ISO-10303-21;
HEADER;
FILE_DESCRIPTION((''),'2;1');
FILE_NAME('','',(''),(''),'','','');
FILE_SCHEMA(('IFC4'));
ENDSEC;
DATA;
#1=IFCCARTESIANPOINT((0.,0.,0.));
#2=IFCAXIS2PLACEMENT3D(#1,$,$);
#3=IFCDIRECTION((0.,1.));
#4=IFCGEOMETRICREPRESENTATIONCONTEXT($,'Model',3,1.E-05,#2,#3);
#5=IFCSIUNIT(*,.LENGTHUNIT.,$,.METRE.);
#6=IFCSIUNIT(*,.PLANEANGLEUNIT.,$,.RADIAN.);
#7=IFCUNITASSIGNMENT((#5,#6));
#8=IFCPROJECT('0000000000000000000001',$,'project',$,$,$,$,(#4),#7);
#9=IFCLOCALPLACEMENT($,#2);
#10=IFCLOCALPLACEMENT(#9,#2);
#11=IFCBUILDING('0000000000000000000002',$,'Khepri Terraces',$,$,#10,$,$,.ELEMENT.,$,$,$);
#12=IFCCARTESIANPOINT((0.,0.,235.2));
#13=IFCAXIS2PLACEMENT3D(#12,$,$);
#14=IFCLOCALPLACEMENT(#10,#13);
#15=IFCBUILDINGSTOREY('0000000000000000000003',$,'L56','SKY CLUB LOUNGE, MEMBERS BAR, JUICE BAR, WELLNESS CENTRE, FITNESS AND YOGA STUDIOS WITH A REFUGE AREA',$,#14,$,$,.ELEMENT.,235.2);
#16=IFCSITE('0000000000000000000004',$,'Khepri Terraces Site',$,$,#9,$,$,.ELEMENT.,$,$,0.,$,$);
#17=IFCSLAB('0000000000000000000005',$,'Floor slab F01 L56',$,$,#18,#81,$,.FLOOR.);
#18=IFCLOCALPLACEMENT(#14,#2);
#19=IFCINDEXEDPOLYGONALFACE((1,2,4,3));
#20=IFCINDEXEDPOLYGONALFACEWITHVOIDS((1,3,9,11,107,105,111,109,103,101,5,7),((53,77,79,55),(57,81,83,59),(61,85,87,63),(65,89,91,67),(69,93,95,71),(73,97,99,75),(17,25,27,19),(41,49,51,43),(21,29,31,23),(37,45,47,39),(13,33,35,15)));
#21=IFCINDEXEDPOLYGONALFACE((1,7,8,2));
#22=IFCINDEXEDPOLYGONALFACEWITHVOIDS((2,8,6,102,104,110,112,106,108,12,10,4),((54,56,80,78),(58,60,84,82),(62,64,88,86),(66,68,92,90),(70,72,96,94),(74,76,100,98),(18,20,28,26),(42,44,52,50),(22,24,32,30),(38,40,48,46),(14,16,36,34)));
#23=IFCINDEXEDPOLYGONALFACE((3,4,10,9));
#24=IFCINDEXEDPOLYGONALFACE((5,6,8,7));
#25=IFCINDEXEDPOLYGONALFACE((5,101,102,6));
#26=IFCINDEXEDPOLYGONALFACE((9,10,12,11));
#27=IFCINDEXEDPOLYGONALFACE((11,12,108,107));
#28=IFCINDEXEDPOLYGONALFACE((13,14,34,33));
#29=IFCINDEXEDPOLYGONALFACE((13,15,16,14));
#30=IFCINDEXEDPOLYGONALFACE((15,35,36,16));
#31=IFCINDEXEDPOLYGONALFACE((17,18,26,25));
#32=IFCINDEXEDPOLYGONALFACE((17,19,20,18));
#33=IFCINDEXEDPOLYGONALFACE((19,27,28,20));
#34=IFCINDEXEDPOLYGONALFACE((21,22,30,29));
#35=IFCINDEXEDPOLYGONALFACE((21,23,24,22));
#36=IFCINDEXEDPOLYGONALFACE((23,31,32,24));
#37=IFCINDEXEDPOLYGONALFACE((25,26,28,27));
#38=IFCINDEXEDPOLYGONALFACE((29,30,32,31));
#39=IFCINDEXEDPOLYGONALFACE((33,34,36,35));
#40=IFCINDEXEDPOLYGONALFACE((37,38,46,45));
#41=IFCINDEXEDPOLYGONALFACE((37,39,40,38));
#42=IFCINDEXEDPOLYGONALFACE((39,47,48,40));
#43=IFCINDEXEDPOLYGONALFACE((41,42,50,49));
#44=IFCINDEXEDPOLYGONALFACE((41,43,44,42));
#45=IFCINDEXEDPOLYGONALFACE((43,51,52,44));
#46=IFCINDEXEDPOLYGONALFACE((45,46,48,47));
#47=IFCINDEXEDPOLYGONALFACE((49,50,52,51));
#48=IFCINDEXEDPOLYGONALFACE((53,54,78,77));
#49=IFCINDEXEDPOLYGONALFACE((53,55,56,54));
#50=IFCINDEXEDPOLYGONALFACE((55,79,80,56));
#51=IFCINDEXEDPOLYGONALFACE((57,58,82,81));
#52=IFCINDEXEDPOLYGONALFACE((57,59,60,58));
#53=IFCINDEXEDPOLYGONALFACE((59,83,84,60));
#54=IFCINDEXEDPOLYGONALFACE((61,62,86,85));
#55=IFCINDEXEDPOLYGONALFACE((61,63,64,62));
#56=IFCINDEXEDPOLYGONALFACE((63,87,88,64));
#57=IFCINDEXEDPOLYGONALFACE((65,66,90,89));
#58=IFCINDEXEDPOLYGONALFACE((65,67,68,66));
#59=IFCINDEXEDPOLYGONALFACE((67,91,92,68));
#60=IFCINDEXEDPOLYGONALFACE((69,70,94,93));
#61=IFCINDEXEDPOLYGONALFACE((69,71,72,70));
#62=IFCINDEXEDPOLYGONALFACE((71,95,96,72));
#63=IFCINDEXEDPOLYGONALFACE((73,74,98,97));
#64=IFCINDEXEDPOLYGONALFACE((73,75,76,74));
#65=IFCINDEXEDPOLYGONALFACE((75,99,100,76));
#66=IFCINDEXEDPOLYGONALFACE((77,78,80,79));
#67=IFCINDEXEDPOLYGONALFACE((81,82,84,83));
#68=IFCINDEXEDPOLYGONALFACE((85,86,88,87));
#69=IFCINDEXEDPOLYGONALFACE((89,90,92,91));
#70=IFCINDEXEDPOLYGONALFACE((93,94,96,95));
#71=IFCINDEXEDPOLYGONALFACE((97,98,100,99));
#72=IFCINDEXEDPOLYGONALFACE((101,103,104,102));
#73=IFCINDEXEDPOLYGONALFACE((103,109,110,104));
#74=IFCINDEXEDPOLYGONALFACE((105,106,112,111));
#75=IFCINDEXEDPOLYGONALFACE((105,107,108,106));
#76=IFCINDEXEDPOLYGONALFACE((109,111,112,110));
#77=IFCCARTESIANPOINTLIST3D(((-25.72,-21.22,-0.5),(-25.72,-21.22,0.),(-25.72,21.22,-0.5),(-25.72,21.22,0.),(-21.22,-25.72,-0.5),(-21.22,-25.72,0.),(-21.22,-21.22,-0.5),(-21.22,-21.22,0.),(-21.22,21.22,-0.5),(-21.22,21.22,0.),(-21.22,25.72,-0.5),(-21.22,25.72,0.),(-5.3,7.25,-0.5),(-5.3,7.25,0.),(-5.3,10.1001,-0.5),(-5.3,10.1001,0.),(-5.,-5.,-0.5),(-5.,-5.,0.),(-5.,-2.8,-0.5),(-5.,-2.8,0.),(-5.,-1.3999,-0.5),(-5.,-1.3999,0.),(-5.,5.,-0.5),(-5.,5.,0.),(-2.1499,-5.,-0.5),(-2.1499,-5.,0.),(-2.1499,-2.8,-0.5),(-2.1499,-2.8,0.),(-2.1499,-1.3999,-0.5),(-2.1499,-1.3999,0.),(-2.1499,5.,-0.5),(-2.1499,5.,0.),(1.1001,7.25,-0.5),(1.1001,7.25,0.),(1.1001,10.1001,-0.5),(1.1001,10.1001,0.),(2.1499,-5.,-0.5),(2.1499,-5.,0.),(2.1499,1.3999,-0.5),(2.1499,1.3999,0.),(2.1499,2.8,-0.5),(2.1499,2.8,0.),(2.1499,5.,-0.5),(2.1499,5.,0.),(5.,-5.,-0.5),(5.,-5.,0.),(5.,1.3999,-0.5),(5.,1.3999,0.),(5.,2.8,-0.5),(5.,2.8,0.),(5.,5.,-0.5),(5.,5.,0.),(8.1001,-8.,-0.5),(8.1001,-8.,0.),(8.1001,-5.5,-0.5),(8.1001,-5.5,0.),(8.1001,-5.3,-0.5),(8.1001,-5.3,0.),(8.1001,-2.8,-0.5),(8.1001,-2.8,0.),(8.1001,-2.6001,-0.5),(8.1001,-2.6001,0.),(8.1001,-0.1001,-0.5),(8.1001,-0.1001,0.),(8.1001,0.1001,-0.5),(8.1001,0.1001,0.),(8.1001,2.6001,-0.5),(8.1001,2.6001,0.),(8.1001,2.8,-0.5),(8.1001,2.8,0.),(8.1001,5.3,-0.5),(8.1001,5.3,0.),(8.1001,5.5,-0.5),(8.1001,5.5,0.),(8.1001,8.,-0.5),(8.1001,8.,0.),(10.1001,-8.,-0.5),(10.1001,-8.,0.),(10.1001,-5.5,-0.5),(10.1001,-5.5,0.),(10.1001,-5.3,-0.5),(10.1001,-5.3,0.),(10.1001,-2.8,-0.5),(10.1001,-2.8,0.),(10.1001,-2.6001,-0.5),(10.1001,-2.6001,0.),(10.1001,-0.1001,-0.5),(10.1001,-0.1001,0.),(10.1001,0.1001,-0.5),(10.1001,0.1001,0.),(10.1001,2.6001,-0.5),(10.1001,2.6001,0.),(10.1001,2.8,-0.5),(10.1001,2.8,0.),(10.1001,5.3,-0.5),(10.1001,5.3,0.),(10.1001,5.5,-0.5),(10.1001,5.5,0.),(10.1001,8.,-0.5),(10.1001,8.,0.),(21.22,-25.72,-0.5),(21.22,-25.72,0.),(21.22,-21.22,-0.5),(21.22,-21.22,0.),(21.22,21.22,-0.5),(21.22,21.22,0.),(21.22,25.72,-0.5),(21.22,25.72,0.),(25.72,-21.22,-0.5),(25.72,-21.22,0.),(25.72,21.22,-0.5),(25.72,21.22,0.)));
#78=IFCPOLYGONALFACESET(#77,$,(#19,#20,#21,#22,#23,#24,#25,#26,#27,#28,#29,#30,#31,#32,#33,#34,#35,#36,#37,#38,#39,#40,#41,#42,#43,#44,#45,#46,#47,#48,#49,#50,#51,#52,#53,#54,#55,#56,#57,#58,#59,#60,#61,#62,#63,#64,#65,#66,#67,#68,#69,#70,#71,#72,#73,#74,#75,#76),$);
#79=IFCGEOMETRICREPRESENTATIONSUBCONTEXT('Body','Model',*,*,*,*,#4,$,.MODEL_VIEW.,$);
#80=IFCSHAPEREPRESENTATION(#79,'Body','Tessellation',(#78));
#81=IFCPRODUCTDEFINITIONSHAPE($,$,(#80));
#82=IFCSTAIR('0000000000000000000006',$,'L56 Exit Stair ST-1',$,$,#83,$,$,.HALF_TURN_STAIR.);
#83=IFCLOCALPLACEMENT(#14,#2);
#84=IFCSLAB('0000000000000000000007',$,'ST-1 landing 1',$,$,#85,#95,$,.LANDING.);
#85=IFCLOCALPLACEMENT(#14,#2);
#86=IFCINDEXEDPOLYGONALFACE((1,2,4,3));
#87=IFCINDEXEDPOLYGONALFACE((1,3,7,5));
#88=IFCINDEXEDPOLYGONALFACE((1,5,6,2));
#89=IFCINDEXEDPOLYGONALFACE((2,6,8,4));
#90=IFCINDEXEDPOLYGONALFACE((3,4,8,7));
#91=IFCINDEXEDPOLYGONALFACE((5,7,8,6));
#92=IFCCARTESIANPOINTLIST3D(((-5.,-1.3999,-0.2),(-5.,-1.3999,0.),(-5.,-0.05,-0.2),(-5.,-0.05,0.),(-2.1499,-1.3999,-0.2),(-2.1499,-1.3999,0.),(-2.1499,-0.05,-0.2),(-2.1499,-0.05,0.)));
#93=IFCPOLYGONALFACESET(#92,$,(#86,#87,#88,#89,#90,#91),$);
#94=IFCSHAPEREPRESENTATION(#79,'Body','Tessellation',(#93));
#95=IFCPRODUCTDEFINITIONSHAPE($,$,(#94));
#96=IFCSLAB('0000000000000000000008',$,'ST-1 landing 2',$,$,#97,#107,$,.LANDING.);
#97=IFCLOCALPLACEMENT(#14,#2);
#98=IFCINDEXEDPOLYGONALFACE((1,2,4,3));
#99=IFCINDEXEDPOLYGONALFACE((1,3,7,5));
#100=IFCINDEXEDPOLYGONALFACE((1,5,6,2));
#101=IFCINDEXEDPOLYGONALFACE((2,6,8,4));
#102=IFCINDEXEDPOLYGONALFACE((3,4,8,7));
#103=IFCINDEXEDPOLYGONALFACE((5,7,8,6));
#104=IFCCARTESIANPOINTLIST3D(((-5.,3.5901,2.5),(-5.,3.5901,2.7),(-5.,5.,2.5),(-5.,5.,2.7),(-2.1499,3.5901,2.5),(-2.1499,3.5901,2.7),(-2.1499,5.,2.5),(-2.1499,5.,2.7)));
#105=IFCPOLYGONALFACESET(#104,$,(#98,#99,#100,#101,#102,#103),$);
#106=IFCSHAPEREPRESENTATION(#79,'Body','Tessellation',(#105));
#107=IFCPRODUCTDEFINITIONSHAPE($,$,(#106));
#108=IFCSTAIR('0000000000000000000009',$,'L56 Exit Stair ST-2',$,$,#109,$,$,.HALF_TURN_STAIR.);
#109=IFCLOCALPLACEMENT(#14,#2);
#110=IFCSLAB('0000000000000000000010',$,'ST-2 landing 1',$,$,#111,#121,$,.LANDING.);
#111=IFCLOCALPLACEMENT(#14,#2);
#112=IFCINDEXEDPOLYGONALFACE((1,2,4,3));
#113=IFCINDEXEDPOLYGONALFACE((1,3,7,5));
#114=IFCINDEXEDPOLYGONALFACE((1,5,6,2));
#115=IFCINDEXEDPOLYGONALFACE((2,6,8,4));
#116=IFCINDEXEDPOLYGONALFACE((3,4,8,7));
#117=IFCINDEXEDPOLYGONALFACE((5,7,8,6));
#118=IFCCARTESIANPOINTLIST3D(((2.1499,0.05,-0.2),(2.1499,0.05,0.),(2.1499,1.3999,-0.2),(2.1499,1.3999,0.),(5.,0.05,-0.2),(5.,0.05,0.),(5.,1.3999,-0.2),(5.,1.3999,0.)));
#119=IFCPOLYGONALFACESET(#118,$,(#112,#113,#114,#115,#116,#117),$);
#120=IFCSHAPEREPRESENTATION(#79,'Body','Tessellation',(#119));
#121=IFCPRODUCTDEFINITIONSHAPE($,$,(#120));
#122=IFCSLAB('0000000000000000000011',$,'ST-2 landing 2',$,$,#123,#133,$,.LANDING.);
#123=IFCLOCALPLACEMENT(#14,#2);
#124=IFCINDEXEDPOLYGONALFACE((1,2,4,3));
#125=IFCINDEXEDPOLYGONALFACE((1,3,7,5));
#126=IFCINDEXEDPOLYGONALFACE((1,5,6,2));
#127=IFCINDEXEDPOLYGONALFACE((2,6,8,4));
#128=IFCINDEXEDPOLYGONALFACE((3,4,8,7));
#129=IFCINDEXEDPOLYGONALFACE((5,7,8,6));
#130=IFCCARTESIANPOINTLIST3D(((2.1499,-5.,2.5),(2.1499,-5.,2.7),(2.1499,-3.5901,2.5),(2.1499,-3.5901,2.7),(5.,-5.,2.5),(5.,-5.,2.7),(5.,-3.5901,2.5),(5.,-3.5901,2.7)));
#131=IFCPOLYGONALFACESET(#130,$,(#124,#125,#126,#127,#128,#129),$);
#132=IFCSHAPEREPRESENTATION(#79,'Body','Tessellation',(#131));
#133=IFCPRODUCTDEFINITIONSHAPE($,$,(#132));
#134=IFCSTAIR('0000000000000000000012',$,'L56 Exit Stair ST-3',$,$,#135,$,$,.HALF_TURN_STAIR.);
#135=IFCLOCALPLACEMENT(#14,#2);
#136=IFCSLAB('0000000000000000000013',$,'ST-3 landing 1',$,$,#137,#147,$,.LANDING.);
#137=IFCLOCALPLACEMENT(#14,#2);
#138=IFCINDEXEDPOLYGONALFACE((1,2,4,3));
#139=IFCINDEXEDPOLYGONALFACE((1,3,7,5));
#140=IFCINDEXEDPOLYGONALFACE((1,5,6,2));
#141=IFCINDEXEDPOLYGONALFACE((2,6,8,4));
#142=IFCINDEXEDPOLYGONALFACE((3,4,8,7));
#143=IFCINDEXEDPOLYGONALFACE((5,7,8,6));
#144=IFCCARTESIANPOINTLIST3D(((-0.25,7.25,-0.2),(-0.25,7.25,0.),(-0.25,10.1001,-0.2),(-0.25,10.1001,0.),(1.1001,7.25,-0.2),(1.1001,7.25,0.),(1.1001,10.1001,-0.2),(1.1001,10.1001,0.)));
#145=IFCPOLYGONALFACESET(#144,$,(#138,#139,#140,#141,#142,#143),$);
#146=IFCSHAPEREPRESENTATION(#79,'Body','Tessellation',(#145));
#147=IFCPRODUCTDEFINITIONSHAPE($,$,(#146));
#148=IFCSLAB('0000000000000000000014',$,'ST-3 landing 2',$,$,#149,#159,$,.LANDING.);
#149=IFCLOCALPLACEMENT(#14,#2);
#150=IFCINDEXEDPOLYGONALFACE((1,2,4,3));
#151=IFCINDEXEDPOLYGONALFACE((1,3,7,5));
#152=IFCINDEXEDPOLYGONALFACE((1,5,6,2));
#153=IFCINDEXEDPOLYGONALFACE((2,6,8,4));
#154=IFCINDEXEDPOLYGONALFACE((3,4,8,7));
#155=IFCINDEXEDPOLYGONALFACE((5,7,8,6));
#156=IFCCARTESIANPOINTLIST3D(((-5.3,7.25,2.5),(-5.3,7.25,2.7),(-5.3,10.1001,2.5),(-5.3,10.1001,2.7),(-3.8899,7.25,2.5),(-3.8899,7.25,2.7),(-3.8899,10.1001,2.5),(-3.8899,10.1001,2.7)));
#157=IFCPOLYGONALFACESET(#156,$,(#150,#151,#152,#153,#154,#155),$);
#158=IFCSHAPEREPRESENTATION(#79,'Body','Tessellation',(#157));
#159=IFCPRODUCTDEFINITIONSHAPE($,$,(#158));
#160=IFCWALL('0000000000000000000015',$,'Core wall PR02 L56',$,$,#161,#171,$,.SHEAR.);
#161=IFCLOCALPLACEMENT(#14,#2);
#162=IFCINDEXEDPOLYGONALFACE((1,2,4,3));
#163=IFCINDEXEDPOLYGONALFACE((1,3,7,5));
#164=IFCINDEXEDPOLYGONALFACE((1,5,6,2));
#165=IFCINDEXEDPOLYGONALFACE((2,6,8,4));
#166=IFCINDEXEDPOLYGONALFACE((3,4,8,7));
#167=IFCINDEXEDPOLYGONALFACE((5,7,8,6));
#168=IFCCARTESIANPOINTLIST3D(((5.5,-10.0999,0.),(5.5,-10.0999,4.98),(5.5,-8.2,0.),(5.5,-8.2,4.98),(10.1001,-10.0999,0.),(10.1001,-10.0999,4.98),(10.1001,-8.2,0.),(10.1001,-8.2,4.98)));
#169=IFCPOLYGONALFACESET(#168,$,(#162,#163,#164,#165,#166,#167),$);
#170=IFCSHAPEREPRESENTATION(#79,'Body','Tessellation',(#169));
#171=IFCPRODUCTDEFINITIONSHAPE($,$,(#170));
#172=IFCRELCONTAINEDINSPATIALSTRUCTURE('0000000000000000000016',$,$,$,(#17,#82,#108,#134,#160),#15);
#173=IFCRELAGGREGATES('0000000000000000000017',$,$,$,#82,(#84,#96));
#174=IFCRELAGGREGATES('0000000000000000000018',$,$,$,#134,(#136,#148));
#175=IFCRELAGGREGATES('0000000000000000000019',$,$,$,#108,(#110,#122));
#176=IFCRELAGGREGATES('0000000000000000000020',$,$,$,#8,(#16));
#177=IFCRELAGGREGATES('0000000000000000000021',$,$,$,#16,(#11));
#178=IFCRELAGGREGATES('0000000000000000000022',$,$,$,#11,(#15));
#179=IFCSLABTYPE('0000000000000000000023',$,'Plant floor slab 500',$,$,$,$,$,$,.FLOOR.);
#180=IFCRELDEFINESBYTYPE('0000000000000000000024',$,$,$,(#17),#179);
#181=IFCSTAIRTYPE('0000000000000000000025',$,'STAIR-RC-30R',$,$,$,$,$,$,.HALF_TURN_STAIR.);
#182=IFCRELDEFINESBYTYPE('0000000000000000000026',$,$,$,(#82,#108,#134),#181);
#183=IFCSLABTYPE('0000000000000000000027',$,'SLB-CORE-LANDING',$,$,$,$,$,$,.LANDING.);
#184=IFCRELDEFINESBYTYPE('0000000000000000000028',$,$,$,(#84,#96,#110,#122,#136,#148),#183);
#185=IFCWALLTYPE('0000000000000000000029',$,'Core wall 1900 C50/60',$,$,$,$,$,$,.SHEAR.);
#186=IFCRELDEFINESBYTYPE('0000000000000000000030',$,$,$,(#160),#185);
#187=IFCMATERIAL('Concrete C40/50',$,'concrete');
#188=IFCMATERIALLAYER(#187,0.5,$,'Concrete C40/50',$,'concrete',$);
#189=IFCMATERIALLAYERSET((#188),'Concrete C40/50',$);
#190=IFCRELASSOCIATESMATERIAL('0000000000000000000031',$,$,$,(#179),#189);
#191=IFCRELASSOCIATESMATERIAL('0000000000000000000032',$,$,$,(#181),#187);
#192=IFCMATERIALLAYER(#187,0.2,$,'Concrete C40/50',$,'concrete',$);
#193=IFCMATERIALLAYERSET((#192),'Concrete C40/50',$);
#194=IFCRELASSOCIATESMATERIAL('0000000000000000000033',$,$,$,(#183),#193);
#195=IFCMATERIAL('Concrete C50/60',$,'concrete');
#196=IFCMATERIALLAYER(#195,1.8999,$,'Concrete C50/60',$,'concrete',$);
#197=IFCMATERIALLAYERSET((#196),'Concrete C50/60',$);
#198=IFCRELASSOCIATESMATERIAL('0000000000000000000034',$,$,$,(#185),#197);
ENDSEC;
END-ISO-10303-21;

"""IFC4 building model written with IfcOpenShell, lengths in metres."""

from ifc_helpers import new_model, si_unit, direction, frame, frame_2d, origin, place, context, subcontext, project, spatial, polyline, rectangle, outline, extrude, material, layer, layer_set, type_object, element, aggregate, save


model = new_model("IFC4")

# Units and contexts
model_context = context("Model", 3, precision=1e-05, world=origin(), true_north=direction((0.0, 1.0)))
body_context = subcontext(model_context, "Body", "Model", "MODEL_VIEW")
ifc_project = project(units=[si_unit("LENGTHUNIT", "METRE"), si_unit("PLANEANGLEUNIT", "RADIAN")], contexts=[model_context])

# Site, building, storey
site_placement = place(None, origin())
site = spatial("IfcSite", under=ifc_project, at=site_placement, Name="Khepri Terraces Site", CompositionType="ELEMENT", RefElevation=0.0)
building_placement = place(site_placement, origin())
building = spatial("IfcBuilding", under=site, at=building_placement, Name="Khepri Terraces", CompositionType="ELEMENT")
storey_placement = place(building_placement, frame((0.0, 0.0, 235.2)))
storey = spatial("IfcBuildingStorey", under=building, at=storey_placement, Name="L56", Description="SKY CLUB LOUNGE, MEMBERS BAR, JUICE BAR, WELLNESS CENTRE, FITNESS AND YOGA STUDIOS WITH A REFUGE AREA", CompositionType="ELEMENT", Elevation=235.2)

# Slab
ifc_material_1 = material(Name="Concrete C40/50", Category="concrete")
ifc_layer_1 = layer(ifc_material_1, 0.5, Name="Concrete C40/50", Category="concrete")
ifc_layer_set_1 = layer_set([ifc_layer_1], Name="Concrete C40/50")
slab_type_1 = type_object("IfcSlabType", Name="Plant floor slab 500", PredefinedType="FLOOR", material=ifc_layer_set_1)
slab_1_placement = place(storey_placement, frame((0.0, 0.0, -0.5)))
element("IfcSlab", 1, at=slab_1_placement, inside=storey, type_object=slab_type_1, Name="Floor slab F01 L56", PredefinedType="FLOOR", context=body_context, shape_type="SweptSolid", body=[
    extrude(outline(polyline([(25.72, 21.22), (25.72, -21.22), (21.22, -21.22), (21.22, -25.72), (-21.22, -25.72), (-21.22, -21.22), (-25.72, -21.22), (-25.72, 21.22), (-21.22, 21.22), (-21.22, 25.72), (21.22, 25.72), (21.22, 21.22), (25.72, 21.22)]), holes=[polyline([(2.1499, 2.8), (5.0, 2.8), (5.0, 5.0), (2.1499, 5.0), (2.1499, 2.8)]), polyline([(-5.0, -2.8), (-5.0, -5.0), (-2.1499, -5.0), (-2.1499, -2.8), (-5.0, -2.8)]), polyline([(10.1001, -5.5), (8.1001, -5.5), (8.1001, -8.0), (10.1001, -8.0), (10.1001, -5.5)]), polyline([(10.1001, -5.3), (10.1001, -2.8), (8.1001, -2.8), (8.1001, -5.3), (10.1001, -5.3)]), polyline([(8.1001, -2.6001), (10.1001, -2.6001), (10.1001, -0.1001), (8.1001, -0.1001), (8.1001, -2.6001)]), polyline([(8.1001, 2.6001), (8.1001, 0.1001), (10.1001, 0.1001), (10.1001, 2.6001), (8.1001, 2.6001)]), polyline([(10.1001, 5.3), (8.1001, 5.3), (8.1001, 2.8), (10.1001, 2.8), (10.1001, 5.3)]), polyline([(10.1001, 5.5), (10.1001, 8.0), (8.1001, 8.0), (8.1001, 5.5), (10.1001, 5.5)]), polyline([(-5.0, -1.3999), (-2.1499, -1.3999), (-2.1499, 5.0), (-5.0, 5.0), (-5.0, -1.3999)]), polyline([(5.0, -5.0), (5.0, 1.3999), (2.1499, 1.3999), (2.1499, -5.0), (5.0, -5.0)]), polyline([(-5.3, 10.1001), (-5.3, 7.25), (1.1001, 7.25), (1.1001, 10.1001), (-5.3, 10.1001)])]), origin(), (0.0, 0.0, 1.0), 0.5),
])

# Stairs, slabs
stair_type = type_object("IfcStairType", Name="STAIR-RC-30R", PredefinedType="HALF_TURN_STAIR", material=ifc_material_1)
stair_1_placement = place(storey_placement, origin())
stair_1 = element("IfcStair", 2, at=stair_1_placement, inside=storey, type_object=stair_type, Name="L56 Exit Stair ST-1", PredefinedType="HALF_TURN_STAIR")
ifc_layer_2 = layer(ifc_material_1, 0.2, Name="Concrete C40/50", Category="concrete")
ifc_layer_set_2 = layer_set([ifc_layer_2], Name="Concrete C40/50")
slab_type_2 = type_object("IfcSlabType", Name="SLB-CORE-LANDING", PredefinedType="LANDING", material=ifc_layer_set_2)
slab_2_placement = place(storey_placement, frame((0.0, 0.0, -0.2)))
slab_2 = element("IfcSlab", 3, at=slab_2_placement, type_object=slab_type_2, Name="ST-1 landing 1", PredefinedType="LANDING", context=body_context, shape_type="SweptSolid", body=[
    extrude(outline(polyline([(-2.1499, -1.3999), (-2.1499, -0.05), (-5.0, -0.05), (-5.0, -1.3999), (-2.1499, -1.3999)])), origin(), (0.0, 0.0, 1.0), 0.2),
])
slab_3_placement = place(storey_placement, frame((0.0, 0.0, 2.5)))
slab_3 = element("IfcSlab", 4, at=slab_3_placement, type_object=slab_type_2, Name="ST-1 landing 2", PredefinedType="LANDING", context=body_context, shape_type="SweptSolid", body=[
    extrude(outline(polyline([(-2.1499, 3.5901), (-2.1499, 5.0), (-5.0, 5.0), (-5.0, 3.5901), (-2.1499, 3.5901)])), origin(), (0.0, 0.0, 1.0), 0.2),
])
aggregate(stair_1, [slab_2, slab_3])
stair_2_placement = place(storey_placement, origin())
stair_2 = element("IfcStair", 5, at=stair_2_placement, inside=storey, type_object=stair_type, Name="L56 Exit Stair ST-2", PredefinedType="HALF_TURN_STAIR")
slab_4_placement = place(storey_placement, frame((0.0, 0.0, -0.2)))
slab_4 = element("IfcSlab", 6, at=slab_4_placement, type_object=slab_type_2, Name="ST-2 landing 1", PredefinedType="LANDING", context=body_context, shape_type="SweptSolid", body=[
    extrude(outline(polyline([(2.1499, 1.3999), (2.1499, 0.05), (5.0, 0.05), (5.0, 1.3999), (2.1499, 1.3999)])), origin(), (0.0, 0.0, 1.0), 0.2),
])
slab_5_placement = place(storey_placement, frame((0.0, 0.0, 2.5)))
slab_5 = element("IfcSlab", 7, at=slab_5_placement, type_object=slab_type_2, Name="ST-2 landing 2", PredefinedType="LANDING", context=body_context, shape_type="SweptSolid", body=[
    extrude(outline(polyline([(2.1499, -3.5901), (2.1499, -5.0), (5.0, -5.0), (5.0, -3.5901), (2.1499, -3.5901)])), origin(), (0.0, 0.0, 1.0), 0.2),
])
stair_3_placement = place(storey_placement, origin())
stair_3 = element("IfcStair", 8, at=stair_3_placement, inside=storey, type_object=stair_type, Name="L56 Exit Stair ST-3", PredefinedType="HALF_TURN_STAIR")
slab_6_placement = place(storey_placement, frame((0.0, 0.0, -0.2)))
slab_6 = element("IfcSlab", 9, at=slab_6_placement, type_object=slab_type_2, Name="ST-3 landing 1", PredefinedType="LANDING", context=body_context, shape_type="SweptSolid", body=[
    extrude(outline(polyline([(1.1001, 10.1001), (-0.25, 10.1001), (-0.25, 7.25), (1.1001, 7.25), (1.1001, 10.1001)])), origin(), (0.0, 0.0, 1.0), 0.2),
])
slab_7_placement = place(storey_placement, frame((0.0, 0.0, 2.5)))
slab_7 = element("IfcSlab", 10, at=slab_7_placement, type_object=slab_type_2, Name="ST-3 landing 2", PredefinedType="LANDING", context=body_context, shape_type="SweptSolid", body=[
    extrude(outline(polyline([(-3.8899, 10.1001), (-5.3, 10.1001), (-5.3, 7.25), (-3.8899, 7.25), (-3.8899, 10.1001)])), origin(), (0.0, 0.0, 1.0), 0.2),
])
aggregate(stair_3, [slab_6, slab_7])

# Wall
ifc_material_2 = material(Name="Concrete C50/60", Category="concrete")
ifc_layer_3 = layer(ifc_material_2, 1.8999, Name="Concrete C50/60", Category="concrete")
ifc_layer_set_3 = layer_set([ifc_layer_3], Name="Concrete C50/60")
wall_type_1 = type_object("IfcWallType", Name="Core wall 1900 C50/60", PredefinedType="SHEAR", material=ifc_layer_set_3)
wall_1_placement = place(storey_placement, frame((5.5, -9.1499, 0.0), z_axis=(0.0, 0.0, 1.0), x_axis=(1.0, 0.0, 0.0)))
element("IfcWall", 11, at=wall_1_placement, inside=storey, type_object=wall_type_1, Name="Core wall PR02 L56", PredefinedType="SHEAR", context=body_context, shape_type="SweptSolid", body=[
    extrude(rectangle(XDim=4.6001, YDim=1.8999, at=frame_2d((2.3, 0.0))), origin(), (0.0, 0.0, 1.0), 4.98),
])

aggregate(stair_2, [slab_4, slab_5])

save(model, "model.ifc")
